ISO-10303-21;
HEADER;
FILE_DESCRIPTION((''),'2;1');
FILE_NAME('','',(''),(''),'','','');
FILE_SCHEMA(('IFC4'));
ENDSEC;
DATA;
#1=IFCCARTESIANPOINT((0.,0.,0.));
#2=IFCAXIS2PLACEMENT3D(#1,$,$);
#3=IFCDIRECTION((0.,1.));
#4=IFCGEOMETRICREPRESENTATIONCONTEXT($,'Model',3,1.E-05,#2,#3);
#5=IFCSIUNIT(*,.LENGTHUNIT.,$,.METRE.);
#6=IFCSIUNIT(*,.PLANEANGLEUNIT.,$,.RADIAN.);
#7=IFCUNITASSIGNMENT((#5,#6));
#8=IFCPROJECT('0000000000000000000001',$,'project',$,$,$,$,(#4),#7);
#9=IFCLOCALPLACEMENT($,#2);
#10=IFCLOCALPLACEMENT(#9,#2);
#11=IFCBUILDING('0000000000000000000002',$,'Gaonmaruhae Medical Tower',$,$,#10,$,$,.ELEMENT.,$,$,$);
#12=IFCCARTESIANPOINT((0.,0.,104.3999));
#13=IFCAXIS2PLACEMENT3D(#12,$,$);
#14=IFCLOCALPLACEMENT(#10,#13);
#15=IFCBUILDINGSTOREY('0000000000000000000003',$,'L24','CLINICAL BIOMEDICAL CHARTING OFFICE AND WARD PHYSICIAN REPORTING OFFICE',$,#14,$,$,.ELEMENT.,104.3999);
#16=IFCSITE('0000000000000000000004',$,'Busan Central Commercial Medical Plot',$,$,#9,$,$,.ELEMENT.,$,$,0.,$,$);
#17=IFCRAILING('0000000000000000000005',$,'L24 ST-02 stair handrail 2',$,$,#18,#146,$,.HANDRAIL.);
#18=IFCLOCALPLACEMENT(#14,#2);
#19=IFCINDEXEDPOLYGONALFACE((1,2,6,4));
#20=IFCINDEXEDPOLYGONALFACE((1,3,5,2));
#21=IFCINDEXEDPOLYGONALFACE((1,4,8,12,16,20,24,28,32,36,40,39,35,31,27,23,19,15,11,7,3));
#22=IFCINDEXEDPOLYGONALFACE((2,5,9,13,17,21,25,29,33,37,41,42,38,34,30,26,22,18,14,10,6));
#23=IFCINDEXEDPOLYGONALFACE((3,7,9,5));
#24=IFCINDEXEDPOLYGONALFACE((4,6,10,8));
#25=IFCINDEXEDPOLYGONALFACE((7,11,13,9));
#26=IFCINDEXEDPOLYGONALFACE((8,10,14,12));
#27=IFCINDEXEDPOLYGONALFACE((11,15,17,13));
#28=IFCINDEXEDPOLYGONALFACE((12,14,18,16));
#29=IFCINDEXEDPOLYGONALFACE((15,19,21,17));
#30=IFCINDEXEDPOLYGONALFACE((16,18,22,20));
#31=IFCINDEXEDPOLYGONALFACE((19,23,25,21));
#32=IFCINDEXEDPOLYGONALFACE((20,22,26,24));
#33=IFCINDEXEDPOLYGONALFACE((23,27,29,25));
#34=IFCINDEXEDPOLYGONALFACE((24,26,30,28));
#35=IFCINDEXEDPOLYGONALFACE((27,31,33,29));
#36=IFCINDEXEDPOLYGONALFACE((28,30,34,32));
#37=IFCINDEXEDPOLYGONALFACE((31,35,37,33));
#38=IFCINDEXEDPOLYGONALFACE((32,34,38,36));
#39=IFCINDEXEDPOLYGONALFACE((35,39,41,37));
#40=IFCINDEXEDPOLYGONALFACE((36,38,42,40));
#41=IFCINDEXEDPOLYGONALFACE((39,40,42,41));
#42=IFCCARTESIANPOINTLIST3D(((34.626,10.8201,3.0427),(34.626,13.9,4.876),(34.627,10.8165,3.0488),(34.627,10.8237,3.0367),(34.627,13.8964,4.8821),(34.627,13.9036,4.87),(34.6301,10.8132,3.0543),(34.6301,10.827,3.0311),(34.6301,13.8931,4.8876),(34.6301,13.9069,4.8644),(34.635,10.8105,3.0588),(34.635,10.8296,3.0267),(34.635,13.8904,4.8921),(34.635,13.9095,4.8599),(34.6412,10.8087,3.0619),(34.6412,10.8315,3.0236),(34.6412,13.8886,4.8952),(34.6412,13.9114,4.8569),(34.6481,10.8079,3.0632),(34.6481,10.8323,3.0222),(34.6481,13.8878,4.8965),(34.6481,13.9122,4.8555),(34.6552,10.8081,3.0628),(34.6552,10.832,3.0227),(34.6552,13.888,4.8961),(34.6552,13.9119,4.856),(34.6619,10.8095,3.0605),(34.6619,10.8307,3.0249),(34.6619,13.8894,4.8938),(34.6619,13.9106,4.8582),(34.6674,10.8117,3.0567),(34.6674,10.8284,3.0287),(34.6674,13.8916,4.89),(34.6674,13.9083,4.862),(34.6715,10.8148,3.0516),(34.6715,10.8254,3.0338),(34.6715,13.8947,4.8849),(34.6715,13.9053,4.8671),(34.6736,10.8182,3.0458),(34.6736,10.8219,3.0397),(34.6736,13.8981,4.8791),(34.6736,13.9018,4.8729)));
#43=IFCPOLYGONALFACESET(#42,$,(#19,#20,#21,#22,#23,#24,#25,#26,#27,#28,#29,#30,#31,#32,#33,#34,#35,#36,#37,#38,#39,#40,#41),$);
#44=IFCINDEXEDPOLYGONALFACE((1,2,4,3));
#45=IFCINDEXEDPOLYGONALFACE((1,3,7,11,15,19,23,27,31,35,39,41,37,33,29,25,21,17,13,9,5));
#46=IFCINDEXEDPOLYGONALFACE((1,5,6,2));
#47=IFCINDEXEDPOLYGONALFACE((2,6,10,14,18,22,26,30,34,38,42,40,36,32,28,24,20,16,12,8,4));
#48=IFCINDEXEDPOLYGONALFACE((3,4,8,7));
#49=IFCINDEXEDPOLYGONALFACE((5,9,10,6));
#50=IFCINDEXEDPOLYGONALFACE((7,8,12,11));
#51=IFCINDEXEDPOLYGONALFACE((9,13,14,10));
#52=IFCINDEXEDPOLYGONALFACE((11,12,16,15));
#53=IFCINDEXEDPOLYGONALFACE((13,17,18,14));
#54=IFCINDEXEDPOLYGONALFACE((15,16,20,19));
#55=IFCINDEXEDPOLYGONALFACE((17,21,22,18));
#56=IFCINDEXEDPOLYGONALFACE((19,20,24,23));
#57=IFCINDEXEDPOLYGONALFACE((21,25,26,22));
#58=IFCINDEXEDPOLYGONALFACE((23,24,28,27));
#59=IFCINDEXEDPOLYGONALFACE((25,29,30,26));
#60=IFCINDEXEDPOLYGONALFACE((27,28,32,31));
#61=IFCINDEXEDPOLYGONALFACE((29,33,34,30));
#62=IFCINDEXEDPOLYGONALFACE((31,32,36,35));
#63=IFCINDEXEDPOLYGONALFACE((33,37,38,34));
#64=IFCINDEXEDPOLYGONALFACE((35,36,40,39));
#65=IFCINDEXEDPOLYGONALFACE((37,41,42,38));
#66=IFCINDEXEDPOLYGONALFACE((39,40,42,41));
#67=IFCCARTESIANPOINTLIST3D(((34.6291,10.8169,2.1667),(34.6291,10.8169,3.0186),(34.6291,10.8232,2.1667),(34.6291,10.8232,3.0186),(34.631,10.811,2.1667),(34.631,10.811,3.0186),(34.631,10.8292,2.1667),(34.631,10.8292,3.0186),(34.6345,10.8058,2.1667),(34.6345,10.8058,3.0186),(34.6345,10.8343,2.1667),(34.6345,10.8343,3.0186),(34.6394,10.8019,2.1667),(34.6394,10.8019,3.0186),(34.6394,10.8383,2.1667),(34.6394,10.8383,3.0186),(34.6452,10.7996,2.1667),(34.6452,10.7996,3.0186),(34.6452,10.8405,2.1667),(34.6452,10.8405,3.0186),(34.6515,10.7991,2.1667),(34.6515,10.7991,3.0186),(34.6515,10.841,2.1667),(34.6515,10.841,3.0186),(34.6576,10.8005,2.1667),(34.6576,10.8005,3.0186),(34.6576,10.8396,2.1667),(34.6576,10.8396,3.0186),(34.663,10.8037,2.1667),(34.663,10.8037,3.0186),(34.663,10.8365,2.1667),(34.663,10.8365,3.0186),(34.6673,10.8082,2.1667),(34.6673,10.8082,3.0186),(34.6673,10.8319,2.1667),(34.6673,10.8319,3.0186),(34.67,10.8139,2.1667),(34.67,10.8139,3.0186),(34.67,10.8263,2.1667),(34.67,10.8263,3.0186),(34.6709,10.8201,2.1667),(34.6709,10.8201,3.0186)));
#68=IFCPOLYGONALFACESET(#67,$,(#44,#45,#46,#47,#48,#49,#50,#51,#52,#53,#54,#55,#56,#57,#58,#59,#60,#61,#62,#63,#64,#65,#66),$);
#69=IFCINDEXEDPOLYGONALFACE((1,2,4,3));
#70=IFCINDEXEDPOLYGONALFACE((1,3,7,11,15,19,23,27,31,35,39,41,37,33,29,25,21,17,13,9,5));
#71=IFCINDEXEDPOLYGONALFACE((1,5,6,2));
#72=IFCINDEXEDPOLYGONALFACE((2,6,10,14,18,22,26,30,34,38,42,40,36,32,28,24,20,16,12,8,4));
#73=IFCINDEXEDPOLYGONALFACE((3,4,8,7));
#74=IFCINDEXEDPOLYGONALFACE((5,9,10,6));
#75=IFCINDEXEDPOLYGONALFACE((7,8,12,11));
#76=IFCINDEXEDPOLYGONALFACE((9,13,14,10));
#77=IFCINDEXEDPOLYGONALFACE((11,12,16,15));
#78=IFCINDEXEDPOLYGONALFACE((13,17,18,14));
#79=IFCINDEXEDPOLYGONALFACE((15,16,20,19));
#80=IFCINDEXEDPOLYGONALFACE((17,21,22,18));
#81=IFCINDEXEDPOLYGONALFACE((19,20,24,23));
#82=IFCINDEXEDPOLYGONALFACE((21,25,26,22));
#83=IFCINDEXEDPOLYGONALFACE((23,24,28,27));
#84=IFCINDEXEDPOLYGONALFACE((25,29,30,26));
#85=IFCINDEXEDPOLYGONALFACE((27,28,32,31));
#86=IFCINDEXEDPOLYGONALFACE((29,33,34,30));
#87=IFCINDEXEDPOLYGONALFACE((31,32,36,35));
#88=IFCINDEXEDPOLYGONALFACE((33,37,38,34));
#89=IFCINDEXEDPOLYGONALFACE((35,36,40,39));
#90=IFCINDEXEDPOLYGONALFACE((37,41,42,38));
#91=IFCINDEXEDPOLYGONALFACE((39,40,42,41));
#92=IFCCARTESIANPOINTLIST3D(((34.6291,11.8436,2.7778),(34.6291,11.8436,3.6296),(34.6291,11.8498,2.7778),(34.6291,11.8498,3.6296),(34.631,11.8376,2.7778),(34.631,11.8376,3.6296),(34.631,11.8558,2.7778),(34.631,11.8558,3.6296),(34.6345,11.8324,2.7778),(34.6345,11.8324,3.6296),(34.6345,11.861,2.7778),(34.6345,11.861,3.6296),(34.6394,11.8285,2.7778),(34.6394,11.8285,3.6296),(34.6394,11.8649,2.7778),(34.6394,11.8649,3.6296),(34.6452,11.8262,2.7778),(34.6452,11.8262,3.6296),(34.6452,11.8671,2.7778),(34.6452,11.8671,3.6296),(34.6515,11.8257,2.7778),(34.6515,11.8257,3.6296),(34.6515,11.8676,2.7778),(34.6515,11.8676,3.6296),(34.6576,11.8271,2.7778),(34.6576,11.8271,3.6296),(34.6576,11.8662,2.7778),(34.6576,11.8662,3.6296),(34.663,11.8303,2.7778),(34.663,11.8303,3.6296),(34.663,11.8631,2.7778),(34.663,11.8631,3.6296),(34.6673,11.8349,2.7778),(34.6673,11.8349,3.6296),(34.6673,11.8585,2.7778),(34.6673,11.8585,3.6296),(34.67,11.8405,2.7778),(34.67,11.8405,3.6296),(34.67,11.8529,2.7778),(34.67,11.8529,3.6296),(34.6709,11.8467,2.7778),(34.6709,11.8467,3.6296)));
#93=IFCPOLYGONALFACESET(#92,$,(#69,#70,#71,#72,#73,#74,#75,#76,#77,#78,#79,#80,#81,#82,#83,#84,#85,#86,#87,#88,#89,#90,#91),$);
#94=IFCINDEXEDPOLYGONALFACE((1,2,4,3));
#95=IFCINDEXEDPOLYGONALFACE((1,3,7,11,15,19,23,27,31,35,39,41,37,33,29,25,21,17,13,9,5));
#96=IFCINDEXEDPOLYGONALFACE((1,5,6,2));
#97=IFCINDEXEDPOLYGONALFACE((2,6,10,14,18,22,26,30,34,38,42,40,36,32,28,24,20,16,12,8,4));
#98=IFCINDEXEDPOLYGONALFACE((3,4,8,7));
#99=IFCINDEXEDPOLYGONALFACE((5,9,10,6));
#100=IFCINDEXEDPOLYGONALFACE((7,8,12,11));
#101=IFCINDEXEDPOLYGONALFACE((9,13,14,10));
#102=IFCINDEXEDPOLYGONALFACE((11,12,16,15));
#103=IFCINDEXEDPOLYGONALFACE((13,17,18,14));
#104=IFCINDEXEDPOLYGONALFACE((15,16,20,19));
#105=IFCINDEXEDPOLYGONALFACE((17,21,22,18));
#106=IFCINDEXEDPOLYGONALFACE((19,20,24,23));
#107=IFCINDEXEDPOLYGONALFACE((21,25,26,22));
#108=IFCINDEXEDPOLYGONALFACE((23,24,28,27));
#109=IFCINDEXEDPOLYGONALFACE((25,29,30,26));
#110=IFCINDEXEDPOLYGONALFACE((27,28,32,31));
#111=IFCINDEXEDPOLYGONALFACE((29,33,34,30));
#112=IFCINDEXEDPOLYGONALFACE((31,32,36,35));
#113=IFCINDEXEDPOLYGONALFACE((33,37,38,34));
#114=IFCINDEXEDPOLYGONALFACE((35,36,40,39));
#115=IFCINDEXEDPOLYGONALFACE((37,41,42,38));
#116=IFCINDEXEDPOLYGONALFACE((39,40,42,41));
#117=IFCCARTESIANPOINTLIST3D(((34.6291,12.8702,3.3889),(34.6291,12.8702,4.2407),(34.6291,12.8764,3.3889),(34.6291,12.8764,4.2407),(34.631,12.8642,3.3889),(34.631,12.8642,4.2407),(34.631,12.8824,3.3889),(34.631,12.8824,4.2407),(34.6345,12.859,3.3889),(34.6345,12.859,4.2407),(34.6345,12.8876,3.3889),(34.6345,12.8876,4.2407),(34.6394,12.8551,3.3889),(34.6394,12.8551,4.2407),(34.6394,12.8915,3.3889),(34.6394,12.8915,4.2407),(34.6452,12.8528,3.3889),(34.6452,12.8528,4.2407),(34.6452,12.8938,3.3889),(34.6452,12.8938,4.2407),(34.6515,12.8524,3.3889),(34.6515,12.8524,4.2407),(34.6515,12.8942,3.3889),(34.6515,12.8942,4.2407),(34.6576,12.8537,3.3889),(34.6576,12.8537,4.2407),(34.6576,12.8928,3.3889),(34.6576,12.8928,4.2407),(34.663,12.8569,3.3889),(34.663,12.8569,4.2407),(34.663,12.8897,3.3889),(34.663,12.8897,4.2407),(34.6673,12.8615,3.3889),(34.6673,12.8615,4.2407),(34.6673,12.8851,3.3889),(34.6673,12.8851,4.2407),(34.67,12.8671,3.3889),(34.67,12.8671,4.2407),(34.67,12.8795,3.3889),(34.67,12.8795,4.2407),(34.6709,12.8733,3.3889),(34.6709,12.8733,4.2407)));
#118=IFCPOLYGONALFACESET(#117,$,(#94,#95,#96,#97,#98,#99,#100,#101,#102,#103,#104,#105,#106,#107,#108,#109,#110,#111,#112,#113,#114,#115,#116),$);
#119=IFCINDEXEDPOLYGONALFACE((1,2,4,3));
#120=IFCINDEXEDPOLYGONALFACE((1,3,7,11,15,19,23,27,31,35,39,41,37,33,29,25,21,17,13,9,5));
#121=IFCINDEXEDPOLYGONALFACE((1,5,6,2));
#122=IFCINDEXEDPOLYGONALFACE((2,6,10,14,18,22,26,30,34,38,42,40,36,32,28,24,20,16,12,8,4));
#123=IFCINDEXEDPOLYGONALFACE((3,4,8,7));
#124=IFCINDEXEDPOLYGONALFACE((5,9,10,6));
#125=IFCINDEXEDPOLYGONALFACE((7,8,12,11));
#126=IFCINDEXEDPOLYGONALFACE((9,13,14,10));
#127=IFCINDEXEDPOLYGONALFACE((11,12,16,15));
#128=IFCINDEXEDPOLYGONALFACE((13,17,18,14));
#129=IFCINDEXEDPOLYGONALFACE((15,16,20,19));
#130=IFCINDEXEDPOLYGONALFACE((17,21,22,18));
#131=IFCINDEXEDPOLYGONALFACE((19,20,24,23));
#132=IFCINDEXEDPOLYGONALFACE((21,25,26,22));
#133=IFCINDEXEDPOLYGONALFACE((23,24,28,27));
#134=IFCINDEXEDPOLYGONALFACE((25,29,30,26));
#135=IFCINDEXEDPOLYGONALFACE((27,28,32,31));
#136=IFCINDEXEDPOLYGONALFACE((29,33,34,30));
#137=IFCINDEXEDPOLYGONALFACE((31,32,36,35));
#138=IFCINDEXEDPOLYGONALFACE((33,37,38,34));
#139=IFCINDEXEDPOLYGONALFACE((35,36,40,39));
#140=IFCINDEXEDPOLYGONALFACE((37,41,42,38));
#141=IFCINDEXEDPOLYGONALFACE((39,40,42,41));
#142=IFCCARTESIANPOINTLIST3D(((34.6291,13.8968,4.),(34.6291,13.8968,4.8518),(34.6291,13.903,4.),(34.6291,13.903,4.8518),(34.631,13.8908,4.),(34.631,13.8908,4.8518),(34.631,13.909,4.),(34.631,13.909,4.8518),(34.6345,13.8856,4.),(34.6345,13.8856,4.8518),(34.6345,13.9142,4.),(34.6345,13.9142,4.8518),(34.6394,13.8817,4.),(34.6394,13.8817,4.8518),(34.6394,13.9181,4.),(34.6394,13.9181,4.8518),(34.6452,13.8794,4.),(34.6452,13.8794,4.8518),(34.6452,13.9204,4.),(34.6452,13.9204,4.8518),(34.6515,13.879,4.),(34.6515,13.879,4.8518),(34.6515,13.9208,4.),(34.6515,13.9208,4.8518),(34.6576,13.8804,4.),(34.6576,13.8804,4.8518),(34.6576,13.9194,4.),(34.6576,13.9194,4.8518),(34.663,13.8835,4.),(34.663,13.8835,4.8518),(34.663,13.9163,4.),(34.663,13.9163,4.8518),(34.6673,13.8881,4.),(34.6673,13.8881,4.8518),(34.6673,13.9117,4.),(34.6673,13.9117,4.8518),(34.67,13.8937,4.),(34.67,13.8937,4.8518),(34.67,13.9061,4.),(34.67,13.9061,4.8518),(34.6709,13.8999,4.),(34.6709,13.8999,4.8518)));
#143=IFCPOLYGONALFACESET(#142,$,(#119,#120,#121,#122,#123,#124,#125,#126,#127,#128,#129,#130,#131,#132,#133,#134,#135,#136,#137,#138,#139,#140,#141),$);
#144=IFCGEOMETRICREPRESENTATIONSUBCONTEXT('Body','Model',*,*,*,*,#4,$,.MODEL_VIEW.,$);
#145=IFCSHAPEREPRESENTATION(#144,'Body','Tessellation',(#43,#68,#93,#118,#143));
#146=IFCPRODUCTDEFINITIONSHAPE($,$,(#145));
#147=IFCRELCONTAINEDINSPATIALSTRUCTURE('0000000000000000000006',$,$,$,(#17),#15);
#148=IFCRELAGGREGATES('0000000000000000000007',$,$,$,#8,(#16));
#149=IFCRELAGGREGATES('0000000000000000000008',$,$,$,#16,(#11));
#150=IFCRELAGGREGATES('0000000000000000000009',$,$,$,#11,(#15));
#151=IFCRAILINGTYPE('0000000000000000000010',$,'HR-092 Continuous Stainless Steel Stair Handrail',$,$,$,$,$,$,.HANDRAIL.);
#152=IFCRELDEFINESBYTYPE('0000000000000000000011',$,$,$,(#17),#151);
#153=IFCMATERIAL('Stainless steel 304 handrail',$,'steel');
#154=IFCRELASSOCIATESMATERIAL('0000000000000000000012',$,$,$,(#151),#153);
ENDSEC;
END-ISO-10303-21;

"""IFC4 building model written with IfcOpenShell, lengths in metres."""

from ifc_helpers import new_model, si_unit, direction, frame, origin, origin_2d, place, context, subcontext, project, spatial, circle, extrude, material, type_object, element, save


model = new_model("IFC4")

# Units and contexts
model_context = context("Model", 3, precision=1e-05, world=origin(), true_north=direction((0.0, 1.0)))
body_context = subcontext(model_context, "Body", "Model", "MODEL_VIEW")
ifc_project = project(units=[si_unit("LENGTHUNIT", "METRE"), si_unit("PLANEANGLEUNIT", "RADIAN")], contexts=[model_context])

# Site, building, storey
site_placement = place(None, origin())
site = spatial("IfcSite", under=ifc_project, at=site_placement, Name="Busan Central Commercial Medical Plot", CompositionType="ELEMENT", RefElevation=0.0)
building_placement = place(site_placement, origin())
building = spatial("IfcBuilding", under=site, at=building_placement, Name="Gaonmaruhae Medical Tower", CompositionType="ELEMENT")
storey_placement = place(building_placement, frame((0.0, 0.0, 104.3999)))
storey = spatial("IfcBuildingStorey", under=building, at=storey_placement, Name="L24", Description="CLINICAL BIOMEDICAL CHARTING OFFICE AND WARD PHYSICIAN REPORTING OFFICE", CompositionType="ELEMENT", Elevation=104.3999)

# Railing
ifc_material_1 = material(Name="Stainless steel 304 handrail", Category="steel")
railing_type_1 = type_object("IfcRailingType", Name="HR-092 Continuous Stainless Steel Stair Handrail", PredefinedType="HANDRAIL", material=ifc_material_1)
railing_1_placement = place(storey_placement, frame((34.6499, 10.8201, 2.1667)))
element("IfcRailing", 1, at=railing_1_placement, inside=storey, type_object=railing_type_1, Name="L24 ST-02 stair handrail 2", PredefinedType="HANDRAIL", context=body_context, shape_type="SweptSolid", body=[
    extrude(circle(Radius=0.0239, at=origin_2d()), frame((0.0, 0.0, 0.876), z_axis=(0.0, 0.859291, 0.511487), x_axis=(-1.0, 0.0, 0.0)), (0.0, 0.0, 1.0), 3.5842),
    extrude(circle(Radius=0.021, at=origin_2d()), origin(), (0.0, 0.0, 1.0), 0.8518),
    extrude(circle(Radius=0.021, at=origin_2d()), frame((0.0, 1.0266, 0.6111)), (0.0, 0.0, 1.0), 0.8518),
    extrude(circle(Radius=0.021, at=origin_2d()), frame((0.0, 2.0532, 1.2222)), (0.0, 0.0, 1.0), 0.8518),
    extrude(circle(Radius=0.021, at=origin_2d()), frame((0.0, 3.0798, 1.8333)), (0.0, 0.0, 1.0), 0.8518),
])

save(model, "model.ifc")
